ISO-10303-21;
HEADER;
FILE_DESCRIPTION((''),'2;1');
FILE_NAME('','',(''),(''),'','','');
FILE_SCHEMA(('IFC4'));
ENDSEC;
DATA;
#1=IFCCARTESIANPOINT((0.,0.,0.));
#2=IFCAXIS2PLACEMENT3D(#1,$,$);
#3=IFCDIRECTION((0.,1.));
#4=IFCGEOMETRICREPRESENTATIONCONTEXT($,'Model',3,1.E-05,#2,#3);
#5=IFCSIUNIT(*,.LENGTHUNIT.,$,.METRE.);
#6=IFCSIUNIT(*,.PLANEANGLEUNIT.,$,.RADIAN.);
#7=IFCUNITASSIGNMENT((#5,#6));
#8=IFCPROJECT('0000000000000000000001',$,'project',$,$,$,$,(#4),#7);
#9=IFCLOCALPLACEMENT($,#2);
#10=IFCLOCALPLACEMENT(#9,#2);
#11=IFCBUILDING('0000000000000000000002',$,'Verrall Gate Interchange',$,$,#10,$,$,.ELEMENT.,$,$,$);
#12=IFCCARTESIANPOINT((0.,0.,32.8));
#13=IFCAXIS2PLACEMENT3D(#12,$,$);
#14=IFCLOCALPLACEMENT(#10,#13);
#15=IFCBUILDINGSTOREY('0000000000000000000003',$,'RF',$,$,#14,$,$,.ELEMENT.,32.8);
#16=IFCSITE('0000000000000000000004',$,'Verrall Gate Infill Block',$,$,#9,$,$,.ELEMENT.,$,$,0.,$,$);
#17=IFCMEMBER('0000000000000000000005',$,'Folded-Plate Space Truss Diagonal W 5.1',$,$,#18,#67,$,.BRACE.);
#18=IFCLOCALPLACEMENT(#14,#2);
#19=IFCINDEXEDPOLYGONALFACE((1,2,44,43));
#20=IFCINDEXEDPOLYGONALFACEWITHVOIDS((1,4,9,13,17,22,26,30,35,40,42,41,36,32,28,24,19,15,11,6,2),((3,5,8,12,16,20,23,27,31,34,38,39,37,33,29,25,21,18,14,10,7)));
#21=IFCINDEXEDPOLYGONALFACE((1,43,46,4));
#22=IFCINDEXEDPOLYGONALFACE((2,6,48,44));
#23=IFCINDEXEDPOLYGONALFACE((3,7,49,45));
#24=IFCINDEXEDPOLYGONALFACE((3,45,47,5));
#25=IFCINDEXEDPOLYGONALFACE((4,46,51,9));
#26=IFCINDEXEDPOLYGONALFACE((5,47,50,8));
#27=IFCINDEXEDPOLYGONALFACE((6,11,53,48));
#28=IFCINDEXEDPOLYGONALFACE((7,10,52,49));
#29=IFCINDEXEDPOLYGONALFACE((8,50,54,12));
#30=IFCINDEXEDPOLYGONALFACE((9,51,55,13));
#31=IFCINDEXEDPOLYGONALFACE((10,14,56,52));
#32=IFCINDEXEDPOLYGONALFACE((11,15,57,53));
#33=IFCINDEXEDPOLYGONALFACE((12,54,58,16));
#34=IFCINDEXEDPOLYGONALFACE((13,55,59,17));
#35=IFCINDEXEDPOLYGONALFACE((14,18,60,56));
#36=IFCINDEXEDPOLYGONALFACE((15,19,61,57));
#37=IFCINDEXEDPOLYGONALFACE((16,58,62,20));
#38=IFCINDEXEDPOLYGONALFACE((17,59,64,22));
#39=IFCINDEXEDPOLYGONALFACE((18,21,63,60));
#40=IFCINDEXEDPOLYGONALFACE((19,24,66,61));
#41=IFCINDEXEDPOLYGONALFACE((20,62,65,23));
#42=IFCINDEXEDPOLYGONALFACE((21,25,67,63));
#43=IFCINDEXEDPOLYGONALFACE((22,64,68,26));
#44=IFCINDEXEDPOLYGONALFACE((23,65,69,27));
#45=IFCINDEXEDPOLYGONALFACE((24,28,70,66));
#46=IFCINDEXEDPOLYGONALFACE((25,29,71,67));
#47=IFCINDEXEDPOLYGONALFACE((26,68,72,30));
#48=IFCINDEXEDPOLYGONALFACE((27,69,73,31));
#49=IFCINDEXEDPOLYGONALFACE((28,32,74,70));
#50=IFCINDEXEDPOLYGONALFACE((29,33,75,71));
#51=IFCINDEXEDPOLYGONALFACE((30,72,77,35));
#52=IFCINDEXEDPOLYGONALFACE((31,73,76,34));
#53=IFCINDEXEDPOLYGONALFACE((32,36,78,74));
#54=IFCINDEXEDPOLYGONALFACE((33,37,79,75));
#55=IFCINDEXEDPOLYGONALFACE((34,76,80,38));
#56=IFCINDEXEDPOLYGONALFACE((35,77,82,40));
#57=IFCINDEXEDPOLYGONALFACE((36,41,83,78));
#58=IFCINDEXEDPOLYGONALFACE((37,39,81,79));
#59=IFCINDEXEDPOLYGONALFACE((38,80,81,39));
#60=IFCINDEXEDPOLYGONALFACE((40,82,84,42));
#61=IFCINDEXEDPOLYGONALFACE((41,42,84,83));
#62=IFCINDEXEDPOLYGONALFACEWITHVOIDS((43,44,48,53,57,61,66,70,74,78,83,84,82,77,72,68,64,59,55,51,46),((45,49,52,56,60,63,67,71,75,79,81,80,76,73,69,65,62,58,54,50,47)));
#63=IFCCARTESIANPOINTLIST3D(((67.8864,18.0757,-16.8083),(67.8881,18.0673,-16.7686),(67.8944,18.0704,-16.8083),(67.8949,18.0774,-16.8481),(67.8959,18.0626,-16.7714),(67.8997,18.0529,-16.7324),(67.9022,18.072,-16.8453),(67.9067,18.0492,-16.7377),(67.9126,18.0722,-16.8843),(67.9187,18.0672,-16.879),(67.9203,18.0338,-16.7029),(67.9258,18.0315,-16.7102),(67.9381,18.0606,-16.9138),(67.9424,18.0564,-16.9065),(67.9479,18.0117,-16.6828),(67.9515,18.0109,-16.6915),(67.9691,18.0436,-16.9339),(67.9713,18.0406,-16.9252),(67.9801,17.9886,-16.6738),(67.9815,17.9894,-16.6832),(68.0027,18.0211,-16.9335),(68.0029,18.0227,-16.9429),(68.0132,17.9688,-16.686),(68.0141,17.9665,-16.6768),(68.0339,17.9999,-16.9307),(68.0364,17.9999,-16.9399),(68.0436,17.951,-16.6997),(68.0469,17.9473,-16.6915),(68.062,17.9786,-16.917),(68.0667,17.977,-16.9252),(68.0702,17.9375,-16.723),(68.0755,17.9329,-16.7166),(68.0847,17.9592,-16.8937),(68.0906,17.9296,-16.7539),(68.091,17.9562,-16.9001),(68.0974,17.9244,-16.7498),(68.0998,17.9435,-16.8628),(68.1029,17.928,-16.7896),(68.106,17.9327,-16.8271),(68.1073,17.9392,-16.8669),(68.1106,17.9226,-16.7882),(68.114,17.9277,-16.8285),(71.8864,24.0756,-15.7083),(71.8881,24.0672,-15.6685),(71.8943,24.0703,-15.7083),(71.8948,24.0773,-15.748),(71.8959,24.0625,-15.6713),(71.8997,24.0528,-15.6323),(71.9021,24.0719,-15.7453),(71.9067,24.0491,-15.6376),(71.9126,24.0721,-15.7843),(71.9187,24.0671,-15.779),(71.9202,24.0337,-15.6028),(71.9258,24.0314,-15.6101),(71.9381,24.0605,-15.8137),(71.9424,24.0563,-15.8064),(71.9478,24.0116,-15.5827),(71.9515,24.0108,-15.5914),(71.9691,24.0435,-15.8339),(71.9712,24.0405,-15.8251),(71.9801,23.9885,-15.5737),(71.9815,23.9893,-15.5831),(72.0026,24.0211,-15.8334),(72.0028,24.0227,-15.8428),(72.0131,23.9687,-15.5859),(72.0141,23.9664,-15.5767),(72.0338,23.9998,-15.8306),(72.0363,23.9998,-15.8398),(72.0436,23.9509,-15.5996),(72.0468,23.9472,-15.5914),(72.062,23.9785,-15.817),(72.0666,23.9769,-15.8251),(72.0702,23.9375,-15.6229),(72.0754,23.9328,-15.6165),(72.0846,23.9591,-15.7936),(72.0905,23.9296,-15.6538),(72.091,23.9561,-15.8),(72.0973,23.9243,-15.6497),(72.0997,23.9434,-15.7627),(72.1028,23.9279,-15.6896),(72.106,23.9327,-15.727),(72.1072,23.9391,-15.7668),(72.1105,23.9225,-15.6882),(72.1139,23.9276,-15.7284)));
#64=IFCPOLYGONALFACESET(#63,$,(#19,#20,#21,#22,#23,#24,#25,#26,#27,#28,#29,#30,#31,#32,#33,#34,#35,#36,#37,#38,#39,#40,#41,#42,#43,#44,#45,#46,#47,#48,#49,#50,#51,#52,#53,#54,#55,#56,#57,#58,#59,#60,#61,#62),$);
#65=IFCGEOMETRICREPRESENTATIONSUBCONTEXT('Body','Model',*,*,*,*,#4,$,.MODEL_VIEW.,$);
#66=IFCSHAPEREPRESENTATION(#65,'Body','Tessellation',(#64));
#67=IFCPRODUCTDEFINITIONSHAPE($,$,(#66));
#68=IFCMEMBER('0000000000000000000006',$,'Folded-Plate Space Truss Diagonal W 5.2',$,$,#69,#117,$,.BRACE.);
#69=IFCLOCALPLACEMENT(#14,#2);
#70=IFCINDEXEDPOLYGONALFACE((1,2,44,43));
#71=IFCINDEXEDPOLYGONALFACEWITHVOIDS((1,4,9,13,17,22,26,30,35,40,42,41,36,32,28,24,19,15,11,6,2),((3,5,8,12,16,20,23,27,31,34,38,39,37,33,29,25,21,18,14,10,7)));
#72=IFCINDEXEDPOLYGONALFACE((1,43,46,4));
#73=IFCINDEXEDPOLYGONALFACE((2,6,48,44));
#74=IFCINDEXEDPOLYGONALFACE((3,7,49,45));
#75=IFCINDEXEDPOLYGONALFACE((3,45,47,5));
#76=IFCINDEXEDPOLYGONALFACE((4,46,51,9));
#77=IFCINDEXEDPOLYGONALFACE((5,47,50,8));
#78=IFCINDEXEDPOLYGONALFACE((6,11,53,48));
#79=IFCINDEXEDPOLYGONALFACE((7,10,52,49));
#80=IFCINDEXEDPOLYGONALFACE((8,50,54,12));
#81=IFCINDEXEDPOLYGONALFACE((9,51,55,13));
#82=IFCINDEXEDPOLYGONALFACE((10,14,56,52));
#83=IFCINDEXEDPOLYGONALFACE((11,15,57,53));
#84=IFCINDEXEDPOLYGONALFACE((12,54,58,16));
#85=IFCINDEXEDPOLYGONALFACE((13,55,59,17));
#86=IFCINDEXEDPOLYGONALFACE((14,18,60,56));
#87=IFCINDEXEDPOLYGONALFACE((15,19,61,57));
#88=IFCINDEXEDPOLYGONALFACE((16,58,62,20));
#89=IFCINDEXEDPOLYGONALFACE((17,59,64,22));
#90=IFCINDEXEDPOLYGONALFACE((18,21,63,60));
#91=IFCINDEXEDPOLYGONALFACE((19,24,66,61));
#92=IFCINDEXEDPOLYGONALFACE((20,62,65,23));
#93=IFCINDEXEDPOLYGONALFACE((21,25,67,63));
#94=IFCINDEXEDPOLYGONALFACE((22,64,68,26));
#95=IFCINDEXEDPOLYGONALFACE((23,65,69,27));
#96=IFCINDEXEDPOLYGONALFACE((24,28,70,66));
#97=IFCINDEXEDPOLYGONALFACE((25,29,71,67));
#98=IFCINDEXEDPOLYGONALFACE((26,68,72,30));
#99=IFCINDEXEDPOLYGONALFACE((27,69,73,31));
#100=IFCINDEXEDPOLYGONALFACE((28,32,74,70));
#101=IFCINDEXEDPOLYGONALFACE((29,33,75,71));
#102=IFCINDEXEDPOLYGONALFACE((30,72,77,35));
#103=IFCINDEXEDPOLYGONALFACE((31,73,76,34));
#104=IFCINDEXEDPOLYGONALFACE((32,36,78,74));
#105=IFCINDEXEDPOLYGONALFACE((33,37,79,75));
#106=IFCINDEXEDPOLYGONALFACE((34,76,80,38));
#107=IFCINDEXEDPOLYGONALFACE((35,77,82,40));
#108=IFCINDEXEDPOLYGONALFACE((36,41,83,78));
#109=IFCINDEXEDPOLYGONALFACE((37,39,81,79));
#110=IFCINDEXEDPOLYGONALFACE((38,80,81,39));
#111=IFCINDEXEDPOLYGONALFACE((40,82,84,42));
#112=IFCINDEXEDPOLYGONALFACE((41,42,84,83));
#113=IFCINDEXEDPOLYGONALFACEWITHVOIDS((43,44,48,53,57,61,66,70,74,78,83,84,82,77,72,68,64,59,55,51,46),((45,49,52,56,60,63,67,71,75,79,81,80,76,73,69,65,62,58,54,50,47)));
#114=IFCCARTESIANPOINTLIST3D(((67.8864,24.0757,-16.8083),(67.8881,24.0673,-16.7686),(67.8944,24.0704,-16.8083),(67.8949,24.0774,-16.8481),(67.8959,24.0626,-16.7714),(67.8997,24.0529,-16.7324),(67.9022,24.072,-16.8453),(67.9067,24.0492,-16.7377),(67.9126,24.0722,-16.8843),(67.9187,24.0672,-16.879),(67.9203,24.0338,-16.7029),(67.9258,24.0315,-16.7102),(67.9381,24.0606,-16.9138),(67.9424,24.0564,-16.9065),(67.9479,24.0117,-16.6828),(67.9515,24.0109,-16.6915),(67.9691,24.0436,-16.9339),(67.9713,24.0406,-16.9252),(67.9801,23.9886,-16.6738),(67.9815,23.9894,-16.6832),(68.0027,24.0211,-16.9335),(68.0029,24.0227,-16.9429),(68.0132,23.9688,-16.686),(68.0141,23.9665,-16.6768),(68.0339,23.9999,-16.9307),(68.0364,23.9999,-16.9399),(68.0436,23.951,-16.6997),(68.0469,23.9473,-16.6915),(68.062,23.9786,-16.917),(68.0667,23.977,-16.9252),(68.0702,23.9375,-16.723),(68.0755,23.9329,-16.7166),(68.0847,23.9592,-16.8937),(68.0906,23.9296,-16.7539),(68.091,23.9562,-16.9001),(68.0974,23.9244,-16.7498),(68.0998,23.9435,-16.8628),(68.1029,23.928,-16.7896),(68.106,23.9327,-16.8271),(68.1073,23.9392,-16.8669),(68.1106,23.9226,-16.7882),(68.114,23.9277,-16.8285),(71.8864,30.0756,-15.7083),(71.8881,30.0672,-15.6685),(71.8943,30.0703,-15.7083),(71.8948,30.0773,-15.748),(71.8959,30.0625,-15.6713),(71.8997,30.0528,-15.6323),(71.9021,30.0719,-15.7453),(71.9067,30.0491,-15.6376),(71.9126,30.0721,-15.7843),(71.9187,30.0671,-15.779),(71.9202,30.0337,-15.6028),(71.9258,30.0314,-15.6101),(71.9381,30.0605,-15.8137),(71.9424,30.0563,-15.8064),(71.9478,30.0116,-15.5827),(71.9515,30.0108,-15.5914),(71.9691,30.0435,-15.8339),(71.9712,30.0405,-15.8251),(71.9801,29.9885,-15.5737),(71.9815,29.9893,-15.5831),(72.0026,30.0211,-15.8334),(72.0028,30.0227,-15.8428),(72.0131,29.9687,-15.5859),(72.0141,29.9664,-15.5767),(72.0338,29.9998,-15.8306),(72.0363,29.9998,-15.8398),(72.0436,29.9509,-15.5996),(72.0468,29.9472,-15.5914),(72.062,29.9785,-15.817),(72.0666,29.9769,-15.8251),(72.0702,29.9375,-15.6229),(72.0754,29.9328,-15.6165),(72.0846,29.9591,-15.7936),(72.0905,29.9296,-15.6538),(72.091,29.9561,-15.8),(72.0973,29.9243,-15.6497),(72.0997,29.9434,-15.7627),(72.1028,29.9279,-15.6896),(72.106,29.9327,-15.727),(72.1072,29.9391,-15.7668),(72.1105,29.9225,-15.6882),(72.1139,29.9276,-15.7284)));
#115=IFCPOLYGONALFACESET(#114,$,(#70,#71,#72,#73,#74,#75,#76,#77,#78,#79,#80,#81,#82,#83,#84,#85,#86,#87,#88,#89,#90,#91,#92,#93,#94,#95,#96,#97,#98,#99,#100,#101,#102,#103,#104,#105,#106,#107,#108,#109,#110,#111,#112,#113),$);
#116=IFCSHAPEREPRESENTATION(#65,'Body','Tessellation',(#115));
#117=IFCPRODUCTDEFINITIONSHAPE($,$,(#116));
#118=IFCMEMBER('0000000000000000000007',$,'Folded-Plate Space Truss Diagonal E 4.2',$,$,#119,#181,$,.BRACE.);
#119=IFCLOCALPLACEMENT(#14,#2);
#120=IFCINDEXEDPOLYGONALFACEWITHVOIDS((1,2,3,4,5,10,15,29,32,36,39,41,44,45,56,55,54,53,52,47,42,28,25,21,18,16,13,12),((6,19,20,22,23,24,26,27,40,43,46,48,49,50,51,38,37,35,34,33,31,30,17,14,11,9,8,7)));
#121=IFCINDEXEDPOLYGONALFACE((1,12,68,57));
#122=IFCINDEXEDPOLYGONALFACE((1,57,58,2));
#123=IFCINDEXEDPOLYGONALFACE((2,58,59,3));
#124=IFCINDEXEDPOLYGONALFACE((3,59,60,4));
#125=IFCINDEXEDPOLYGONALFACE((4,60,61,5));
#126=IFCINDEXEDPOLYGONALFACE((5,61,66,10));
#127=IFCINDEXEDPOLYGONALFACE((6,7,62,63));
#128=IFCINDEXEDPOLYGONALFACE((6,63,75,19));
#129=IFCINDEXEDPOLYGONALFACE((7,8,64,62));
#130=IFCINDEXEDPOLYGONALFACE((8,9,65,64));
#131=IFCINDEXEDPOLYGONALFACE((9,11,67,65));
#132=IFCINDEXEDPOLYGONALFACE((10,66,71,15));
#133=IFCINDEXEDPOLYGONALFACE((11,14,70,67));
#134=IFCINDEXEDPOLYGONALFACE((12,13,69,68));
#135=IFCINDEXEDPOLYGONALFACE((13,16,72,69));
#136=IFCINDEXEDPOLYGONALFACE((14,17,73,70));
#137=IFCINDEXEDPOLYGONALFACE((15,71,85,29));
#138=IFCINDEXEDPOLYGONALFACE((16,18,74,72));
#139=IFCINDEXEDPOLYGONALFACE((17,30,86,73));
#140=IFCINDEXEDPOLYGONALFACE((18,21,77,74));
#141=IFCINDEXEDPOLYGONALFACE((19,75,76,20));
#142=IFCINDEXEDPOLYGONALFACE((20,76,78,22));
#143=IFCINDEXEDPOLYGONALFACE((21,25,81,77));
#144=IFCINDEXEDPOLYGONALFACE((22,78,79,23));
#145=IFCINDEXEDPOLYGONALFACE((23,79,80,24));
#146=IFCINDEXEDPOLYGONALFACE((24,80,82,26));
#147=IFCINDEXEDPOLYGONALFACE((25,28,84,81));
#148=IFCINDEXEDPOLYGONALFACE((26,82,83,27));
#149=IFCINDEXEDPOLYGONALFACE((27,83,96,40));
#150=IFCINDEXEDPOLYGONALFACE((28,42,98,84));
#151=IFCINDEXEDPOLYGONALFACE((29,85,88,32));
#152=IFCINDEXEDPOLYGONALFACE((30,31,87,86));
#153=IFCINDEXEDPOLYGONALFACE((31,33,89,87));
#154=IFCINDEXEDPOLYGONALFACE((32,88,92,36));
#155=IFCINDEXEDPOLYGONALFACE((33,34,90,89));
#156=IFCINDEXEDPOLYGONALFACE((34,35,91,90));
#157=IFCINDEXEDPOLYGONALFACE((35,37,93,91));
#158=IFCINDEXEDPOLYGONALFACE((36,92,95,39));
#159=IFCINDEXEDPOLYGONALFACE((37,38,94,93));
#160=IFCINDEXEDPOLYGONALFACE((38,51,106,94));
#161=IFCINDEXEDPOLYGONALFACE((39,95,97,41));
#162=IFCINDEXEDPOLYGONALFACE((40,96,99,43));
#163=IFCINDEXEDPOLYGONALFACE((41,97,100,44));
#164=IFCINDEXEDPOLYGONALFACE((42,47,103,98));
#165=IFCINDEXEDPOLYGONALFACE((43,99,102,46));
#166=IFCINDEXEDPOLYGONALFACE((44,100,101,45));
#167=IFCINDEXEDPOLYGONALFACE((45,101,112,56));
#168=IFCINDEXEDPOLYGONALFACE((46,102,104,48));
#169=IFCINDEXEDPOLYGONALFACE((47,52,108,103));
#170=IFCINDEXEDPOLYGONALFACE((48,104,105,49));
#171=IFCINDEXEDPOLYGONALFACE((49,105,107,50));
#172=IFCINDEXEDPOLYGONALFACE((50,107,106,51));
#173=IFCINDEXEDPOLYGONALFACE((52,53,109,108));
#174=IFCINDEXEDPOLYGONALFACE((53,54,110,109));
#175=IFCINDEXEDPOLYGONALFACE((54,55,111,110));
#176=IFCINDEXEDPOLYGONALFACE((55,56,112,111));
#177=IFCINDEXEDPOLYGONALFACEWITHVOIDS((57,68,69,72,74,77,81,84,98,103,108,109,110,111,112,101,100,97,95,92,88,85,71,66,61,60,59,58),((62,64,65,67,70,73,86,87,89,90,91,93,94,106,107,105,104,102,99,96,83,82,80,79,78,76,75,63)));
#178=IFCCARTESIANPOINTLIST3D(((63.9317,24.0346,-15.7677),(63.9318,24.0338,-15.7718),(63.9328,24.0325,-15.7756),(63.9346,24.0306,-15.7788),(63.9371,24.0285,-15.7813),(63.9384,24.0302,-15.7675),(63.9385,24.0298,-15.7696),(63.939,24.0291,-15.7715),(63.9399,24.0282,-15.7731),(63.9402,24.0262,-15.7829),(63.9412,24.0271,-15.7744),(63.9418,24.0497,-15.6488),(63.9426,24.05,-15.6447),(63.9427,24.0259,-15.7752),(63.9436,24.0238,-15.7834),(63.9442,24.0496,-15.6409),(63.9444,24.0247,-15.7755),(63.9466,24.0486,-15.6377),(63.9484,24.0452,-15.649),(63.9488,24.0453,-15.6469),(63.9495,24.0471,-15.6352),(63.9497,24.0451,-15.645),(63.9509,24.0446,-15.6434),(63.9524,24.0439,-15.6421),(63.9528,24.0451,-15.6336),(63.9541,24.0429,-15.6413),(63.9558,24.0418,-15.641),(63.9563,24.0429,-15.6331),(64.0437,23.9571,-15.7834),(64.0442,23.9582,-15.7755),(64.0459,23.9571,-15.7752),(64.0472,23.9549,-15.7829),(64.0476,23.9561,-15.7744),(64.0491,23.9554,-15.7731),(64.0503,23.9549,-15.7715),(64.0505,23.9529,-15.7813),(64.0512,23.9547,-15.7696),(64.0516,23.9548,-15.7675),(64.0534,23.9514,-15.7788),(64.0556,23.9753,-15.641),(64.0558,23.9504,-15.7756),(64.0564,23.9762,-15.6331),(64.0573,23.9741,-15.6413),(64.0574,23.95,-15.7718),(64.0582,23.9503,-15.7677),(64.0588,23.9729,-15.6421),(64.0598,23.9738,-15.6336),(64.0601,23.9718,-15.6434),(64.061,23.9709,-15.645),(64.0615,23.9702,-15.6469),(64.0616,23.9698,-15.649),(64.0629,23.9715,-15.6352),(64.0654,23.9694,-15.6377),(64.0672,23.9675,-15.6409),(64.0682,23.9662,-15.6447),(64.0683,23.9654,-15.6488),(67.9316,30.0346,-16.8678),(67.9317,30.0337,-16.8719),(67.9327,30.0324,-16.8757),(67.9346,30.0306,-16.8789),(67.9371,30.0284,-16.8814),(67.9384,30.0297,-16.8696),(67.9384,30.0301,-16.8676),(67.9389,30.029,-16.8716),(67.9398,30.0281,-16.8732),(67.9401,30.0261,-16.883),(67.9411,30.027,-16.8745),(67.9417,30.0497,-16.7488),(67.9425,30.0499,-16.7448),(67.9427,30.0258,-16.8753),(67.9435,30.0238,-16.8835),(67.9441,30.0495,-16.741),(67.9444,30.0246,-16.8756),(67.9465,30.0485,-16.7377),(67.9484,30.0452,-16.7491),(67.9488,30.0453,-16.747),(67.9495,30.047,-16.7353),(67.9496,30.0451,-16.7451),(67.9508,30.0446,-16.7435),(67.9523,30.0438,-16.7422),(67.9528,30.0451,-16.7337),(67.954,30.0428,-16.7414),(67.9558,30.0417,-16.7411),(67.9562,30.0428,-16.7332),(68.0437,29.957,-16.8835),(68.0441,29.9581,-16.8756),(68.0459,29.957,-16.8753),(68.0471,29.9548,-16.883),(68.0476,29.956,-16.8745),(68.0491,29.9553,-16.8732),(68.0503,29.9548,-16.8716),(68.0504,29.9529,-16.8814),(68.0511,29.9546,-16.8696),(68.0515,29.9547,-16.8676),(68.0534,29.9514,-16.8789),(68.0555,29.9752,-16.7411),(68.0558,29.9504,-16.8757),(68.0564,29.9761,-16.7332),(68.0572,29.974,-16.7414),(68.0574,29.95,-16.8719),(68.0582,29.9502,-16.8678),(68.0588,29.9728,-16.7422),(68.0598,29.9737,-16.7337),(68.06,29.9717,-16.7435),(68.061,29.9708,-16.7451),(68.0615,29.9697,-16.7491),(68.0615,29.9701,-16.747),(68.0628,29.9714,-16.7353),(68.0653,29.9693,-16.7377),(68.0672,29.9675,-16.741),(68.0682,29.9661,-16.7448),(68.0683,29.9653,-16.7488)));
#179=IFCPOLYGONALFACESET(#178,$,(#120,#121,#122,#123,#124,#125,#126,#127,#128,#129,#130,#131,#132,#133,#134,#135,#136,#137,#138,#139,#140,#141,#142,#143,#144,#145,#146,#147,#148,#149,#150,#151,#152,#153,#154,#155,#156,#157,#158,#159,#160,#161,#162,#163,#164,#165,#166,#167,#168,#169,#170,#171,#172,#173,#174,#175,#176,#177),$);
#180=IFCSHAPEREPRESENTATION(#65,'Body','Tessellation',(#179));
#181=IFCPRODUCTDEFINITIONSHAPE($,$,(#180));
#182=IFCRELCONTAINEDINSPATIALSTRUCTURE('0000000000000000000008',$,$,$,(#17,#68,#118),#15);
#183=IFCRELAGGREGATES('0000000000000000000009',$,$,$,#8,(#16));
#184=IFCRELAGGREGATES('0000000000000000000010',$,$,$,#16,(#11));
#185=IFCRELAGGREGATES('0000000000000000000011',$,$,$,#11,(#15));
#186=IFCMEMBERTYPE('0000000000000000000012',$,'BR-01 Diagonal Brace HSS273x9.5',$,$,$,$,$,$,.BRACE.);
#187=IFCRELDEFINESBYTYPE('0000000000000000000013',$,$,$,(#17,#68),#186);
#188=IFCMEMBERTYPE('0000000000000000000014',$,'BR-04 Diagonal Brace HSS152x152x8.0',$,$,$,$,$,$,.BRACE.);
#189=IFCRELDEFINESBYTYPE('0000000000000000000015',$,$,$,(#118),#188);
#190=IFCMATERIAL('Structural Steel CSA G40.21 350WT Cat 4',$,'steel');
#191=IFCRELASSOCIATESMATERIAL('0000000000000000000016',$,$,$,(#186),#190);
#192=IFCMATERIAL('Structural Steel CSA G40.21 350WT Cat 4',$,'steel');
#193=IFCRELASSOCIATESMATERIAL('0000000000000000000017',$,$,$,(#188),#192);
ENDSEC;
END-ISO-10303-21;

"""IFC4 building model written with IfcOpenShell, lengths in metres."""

from ifc_helpers import new_model, si_unit, direction, frame, origin, origin_2d, place, context, subcontext, project, spatial, hollow_rectangle, hollow_circle, extrude, material, material_profile, profile_set, type_object, element, save


model = new_model("IFC4")

# Units and contexts
model_context = context("Model", 3, precision=1e-05, world=origin(), true_north=direction((0.0, 1.0)))
body_context = subcontext(model_context, "Body", "Model", "MODEL_VIEW")
ifc_project = project(units=[si_unit("LENGTHUNIT", "METRE"), si_unit("PLANEANGLEUNIT", "RADIAN")], contexts=[model_context])

# Site, building, storey
site_placement = place(None, origin())
site = spatial("IfcSite", under=ifc_project, at=site_placement, Name="Verrall Gate Infill Block", CompositionType="ELEMENT", RefElevation=0.0)
building_placement = place(site_placement, origin())
building = spatial("IfcBuilding", under=site, at=building_placement, Name="Verrall Gate Interchange", CompositionType="ELEMENT")
storey_placement = place(building_placement, frame((0.0, 0.0, 32.8)))
storey = spatial("IfcBuildingStorey", under=building, at=storey_placement, Name="RF", CompositionType="ELEMENT", Elevation=32.8)

# Members
ifc_material_1 = material(Name="Structural Steel CSA G40.21 350WT Cat 4", Category="steel")
ifc_material_profile_1 = material_profile(ifc_material_1, hollow_circle(Radius=0.1365, WallThickness=0.0095, at=origin_2d()), Name="HSS273x9.5")
ifc_profile_set_1 = profile_set([ifc_material_profile_1], Name="Structural Steel CSA G40.21 350WT Cat 4")
member_type_1 = type_object("IfcMemberType", Name="BR-01 Diagonal Brace HSS273x9.5", PredefinedType="BRACE", material=ifc_profile_set_1)
for number, where, z_axis, x_axis, name in (
    (1, (68.0, 18.0, -16.8083), (0.548356, 0.822534, 0.150811), (-0.83205, 0.5547, 0.0), "Folded-Plate Space Truss Diagonal W 5.1"),
    (2, (68.0, 24.0, -16.8083), (0.548356, 0.822534, 0.150811), (-0.83205, 0.5547, 0.0), "Folded-Plate Space Truss Diagonal W 5.2"),
):
    element("IfcMember", number, at=place(storey_placement, frame(where, z_axis=z_axis, x_axis=x_axis)), inside=storey, type_object=member_type_1, Name=name, PredefinedType="BRACE", context=body_context, shape_type="SweptSolid", body=[
        extrude(hollow_circle(Radius=0.1365, WallThickness=0.0095, at=origin_2d()), origin(), (0.0, 0.0, 1.0), 7.2944),
    ])
ifc_material_2 = material(Name="Structural Steel CSA G40.21 350WT Cat 4", Category="steel")
ifc_material_profile_2 = material_profile(ifc_material_2, hollow_rectangle(XDim=0.1521, YDim=0.1521, WallThickness=0.0081, InnerFilletRadius=0.0081, OuterFilletRadius=0.0159, at=origin_2d()), Name="HSS152x152x8.0")
ifc_profile_set_2 = profile_set([ifc_material_profile_2], Name="Structural Steel CSA G40.21 350WT Cat 4")
member_type_2 = type_object("IfcMemberType", Name="BR-04 Diagonal Brace HSS152x152x8.0", PredefinedType="BRACE", material=ifc_profile_set_2)
for number, where, z_axis, x_axis, name in (
    (3, (64.0, 24.0, -15.7083), (0.548356, 0.822534, -0.150811), (-0.83205, 0.5547, 0.0), "Folded-Plate Space Truss Diagonal E 4.2"),
):
    element("IfcMember", number, at=place(storey_placement, frame(where, z_axis=z_axis, x_axis=x_axis)), inside=storey, type_object=member_type_2, Name=name, PredefinedType="BRACE", context=body_context, shape_type="SweptSolid", body=[
        extrude(hollow_rectangle(XDim=0.1521, YDim=0.1521, WallThickness=0.0081, InnerFilletRadius=0.0081, OuterFilletRadius=0.0159, at=origin_2d()), origin(), (0.0, 0.0, 1.0), 7.2944),
    ])

save(model, "model.ifc")
